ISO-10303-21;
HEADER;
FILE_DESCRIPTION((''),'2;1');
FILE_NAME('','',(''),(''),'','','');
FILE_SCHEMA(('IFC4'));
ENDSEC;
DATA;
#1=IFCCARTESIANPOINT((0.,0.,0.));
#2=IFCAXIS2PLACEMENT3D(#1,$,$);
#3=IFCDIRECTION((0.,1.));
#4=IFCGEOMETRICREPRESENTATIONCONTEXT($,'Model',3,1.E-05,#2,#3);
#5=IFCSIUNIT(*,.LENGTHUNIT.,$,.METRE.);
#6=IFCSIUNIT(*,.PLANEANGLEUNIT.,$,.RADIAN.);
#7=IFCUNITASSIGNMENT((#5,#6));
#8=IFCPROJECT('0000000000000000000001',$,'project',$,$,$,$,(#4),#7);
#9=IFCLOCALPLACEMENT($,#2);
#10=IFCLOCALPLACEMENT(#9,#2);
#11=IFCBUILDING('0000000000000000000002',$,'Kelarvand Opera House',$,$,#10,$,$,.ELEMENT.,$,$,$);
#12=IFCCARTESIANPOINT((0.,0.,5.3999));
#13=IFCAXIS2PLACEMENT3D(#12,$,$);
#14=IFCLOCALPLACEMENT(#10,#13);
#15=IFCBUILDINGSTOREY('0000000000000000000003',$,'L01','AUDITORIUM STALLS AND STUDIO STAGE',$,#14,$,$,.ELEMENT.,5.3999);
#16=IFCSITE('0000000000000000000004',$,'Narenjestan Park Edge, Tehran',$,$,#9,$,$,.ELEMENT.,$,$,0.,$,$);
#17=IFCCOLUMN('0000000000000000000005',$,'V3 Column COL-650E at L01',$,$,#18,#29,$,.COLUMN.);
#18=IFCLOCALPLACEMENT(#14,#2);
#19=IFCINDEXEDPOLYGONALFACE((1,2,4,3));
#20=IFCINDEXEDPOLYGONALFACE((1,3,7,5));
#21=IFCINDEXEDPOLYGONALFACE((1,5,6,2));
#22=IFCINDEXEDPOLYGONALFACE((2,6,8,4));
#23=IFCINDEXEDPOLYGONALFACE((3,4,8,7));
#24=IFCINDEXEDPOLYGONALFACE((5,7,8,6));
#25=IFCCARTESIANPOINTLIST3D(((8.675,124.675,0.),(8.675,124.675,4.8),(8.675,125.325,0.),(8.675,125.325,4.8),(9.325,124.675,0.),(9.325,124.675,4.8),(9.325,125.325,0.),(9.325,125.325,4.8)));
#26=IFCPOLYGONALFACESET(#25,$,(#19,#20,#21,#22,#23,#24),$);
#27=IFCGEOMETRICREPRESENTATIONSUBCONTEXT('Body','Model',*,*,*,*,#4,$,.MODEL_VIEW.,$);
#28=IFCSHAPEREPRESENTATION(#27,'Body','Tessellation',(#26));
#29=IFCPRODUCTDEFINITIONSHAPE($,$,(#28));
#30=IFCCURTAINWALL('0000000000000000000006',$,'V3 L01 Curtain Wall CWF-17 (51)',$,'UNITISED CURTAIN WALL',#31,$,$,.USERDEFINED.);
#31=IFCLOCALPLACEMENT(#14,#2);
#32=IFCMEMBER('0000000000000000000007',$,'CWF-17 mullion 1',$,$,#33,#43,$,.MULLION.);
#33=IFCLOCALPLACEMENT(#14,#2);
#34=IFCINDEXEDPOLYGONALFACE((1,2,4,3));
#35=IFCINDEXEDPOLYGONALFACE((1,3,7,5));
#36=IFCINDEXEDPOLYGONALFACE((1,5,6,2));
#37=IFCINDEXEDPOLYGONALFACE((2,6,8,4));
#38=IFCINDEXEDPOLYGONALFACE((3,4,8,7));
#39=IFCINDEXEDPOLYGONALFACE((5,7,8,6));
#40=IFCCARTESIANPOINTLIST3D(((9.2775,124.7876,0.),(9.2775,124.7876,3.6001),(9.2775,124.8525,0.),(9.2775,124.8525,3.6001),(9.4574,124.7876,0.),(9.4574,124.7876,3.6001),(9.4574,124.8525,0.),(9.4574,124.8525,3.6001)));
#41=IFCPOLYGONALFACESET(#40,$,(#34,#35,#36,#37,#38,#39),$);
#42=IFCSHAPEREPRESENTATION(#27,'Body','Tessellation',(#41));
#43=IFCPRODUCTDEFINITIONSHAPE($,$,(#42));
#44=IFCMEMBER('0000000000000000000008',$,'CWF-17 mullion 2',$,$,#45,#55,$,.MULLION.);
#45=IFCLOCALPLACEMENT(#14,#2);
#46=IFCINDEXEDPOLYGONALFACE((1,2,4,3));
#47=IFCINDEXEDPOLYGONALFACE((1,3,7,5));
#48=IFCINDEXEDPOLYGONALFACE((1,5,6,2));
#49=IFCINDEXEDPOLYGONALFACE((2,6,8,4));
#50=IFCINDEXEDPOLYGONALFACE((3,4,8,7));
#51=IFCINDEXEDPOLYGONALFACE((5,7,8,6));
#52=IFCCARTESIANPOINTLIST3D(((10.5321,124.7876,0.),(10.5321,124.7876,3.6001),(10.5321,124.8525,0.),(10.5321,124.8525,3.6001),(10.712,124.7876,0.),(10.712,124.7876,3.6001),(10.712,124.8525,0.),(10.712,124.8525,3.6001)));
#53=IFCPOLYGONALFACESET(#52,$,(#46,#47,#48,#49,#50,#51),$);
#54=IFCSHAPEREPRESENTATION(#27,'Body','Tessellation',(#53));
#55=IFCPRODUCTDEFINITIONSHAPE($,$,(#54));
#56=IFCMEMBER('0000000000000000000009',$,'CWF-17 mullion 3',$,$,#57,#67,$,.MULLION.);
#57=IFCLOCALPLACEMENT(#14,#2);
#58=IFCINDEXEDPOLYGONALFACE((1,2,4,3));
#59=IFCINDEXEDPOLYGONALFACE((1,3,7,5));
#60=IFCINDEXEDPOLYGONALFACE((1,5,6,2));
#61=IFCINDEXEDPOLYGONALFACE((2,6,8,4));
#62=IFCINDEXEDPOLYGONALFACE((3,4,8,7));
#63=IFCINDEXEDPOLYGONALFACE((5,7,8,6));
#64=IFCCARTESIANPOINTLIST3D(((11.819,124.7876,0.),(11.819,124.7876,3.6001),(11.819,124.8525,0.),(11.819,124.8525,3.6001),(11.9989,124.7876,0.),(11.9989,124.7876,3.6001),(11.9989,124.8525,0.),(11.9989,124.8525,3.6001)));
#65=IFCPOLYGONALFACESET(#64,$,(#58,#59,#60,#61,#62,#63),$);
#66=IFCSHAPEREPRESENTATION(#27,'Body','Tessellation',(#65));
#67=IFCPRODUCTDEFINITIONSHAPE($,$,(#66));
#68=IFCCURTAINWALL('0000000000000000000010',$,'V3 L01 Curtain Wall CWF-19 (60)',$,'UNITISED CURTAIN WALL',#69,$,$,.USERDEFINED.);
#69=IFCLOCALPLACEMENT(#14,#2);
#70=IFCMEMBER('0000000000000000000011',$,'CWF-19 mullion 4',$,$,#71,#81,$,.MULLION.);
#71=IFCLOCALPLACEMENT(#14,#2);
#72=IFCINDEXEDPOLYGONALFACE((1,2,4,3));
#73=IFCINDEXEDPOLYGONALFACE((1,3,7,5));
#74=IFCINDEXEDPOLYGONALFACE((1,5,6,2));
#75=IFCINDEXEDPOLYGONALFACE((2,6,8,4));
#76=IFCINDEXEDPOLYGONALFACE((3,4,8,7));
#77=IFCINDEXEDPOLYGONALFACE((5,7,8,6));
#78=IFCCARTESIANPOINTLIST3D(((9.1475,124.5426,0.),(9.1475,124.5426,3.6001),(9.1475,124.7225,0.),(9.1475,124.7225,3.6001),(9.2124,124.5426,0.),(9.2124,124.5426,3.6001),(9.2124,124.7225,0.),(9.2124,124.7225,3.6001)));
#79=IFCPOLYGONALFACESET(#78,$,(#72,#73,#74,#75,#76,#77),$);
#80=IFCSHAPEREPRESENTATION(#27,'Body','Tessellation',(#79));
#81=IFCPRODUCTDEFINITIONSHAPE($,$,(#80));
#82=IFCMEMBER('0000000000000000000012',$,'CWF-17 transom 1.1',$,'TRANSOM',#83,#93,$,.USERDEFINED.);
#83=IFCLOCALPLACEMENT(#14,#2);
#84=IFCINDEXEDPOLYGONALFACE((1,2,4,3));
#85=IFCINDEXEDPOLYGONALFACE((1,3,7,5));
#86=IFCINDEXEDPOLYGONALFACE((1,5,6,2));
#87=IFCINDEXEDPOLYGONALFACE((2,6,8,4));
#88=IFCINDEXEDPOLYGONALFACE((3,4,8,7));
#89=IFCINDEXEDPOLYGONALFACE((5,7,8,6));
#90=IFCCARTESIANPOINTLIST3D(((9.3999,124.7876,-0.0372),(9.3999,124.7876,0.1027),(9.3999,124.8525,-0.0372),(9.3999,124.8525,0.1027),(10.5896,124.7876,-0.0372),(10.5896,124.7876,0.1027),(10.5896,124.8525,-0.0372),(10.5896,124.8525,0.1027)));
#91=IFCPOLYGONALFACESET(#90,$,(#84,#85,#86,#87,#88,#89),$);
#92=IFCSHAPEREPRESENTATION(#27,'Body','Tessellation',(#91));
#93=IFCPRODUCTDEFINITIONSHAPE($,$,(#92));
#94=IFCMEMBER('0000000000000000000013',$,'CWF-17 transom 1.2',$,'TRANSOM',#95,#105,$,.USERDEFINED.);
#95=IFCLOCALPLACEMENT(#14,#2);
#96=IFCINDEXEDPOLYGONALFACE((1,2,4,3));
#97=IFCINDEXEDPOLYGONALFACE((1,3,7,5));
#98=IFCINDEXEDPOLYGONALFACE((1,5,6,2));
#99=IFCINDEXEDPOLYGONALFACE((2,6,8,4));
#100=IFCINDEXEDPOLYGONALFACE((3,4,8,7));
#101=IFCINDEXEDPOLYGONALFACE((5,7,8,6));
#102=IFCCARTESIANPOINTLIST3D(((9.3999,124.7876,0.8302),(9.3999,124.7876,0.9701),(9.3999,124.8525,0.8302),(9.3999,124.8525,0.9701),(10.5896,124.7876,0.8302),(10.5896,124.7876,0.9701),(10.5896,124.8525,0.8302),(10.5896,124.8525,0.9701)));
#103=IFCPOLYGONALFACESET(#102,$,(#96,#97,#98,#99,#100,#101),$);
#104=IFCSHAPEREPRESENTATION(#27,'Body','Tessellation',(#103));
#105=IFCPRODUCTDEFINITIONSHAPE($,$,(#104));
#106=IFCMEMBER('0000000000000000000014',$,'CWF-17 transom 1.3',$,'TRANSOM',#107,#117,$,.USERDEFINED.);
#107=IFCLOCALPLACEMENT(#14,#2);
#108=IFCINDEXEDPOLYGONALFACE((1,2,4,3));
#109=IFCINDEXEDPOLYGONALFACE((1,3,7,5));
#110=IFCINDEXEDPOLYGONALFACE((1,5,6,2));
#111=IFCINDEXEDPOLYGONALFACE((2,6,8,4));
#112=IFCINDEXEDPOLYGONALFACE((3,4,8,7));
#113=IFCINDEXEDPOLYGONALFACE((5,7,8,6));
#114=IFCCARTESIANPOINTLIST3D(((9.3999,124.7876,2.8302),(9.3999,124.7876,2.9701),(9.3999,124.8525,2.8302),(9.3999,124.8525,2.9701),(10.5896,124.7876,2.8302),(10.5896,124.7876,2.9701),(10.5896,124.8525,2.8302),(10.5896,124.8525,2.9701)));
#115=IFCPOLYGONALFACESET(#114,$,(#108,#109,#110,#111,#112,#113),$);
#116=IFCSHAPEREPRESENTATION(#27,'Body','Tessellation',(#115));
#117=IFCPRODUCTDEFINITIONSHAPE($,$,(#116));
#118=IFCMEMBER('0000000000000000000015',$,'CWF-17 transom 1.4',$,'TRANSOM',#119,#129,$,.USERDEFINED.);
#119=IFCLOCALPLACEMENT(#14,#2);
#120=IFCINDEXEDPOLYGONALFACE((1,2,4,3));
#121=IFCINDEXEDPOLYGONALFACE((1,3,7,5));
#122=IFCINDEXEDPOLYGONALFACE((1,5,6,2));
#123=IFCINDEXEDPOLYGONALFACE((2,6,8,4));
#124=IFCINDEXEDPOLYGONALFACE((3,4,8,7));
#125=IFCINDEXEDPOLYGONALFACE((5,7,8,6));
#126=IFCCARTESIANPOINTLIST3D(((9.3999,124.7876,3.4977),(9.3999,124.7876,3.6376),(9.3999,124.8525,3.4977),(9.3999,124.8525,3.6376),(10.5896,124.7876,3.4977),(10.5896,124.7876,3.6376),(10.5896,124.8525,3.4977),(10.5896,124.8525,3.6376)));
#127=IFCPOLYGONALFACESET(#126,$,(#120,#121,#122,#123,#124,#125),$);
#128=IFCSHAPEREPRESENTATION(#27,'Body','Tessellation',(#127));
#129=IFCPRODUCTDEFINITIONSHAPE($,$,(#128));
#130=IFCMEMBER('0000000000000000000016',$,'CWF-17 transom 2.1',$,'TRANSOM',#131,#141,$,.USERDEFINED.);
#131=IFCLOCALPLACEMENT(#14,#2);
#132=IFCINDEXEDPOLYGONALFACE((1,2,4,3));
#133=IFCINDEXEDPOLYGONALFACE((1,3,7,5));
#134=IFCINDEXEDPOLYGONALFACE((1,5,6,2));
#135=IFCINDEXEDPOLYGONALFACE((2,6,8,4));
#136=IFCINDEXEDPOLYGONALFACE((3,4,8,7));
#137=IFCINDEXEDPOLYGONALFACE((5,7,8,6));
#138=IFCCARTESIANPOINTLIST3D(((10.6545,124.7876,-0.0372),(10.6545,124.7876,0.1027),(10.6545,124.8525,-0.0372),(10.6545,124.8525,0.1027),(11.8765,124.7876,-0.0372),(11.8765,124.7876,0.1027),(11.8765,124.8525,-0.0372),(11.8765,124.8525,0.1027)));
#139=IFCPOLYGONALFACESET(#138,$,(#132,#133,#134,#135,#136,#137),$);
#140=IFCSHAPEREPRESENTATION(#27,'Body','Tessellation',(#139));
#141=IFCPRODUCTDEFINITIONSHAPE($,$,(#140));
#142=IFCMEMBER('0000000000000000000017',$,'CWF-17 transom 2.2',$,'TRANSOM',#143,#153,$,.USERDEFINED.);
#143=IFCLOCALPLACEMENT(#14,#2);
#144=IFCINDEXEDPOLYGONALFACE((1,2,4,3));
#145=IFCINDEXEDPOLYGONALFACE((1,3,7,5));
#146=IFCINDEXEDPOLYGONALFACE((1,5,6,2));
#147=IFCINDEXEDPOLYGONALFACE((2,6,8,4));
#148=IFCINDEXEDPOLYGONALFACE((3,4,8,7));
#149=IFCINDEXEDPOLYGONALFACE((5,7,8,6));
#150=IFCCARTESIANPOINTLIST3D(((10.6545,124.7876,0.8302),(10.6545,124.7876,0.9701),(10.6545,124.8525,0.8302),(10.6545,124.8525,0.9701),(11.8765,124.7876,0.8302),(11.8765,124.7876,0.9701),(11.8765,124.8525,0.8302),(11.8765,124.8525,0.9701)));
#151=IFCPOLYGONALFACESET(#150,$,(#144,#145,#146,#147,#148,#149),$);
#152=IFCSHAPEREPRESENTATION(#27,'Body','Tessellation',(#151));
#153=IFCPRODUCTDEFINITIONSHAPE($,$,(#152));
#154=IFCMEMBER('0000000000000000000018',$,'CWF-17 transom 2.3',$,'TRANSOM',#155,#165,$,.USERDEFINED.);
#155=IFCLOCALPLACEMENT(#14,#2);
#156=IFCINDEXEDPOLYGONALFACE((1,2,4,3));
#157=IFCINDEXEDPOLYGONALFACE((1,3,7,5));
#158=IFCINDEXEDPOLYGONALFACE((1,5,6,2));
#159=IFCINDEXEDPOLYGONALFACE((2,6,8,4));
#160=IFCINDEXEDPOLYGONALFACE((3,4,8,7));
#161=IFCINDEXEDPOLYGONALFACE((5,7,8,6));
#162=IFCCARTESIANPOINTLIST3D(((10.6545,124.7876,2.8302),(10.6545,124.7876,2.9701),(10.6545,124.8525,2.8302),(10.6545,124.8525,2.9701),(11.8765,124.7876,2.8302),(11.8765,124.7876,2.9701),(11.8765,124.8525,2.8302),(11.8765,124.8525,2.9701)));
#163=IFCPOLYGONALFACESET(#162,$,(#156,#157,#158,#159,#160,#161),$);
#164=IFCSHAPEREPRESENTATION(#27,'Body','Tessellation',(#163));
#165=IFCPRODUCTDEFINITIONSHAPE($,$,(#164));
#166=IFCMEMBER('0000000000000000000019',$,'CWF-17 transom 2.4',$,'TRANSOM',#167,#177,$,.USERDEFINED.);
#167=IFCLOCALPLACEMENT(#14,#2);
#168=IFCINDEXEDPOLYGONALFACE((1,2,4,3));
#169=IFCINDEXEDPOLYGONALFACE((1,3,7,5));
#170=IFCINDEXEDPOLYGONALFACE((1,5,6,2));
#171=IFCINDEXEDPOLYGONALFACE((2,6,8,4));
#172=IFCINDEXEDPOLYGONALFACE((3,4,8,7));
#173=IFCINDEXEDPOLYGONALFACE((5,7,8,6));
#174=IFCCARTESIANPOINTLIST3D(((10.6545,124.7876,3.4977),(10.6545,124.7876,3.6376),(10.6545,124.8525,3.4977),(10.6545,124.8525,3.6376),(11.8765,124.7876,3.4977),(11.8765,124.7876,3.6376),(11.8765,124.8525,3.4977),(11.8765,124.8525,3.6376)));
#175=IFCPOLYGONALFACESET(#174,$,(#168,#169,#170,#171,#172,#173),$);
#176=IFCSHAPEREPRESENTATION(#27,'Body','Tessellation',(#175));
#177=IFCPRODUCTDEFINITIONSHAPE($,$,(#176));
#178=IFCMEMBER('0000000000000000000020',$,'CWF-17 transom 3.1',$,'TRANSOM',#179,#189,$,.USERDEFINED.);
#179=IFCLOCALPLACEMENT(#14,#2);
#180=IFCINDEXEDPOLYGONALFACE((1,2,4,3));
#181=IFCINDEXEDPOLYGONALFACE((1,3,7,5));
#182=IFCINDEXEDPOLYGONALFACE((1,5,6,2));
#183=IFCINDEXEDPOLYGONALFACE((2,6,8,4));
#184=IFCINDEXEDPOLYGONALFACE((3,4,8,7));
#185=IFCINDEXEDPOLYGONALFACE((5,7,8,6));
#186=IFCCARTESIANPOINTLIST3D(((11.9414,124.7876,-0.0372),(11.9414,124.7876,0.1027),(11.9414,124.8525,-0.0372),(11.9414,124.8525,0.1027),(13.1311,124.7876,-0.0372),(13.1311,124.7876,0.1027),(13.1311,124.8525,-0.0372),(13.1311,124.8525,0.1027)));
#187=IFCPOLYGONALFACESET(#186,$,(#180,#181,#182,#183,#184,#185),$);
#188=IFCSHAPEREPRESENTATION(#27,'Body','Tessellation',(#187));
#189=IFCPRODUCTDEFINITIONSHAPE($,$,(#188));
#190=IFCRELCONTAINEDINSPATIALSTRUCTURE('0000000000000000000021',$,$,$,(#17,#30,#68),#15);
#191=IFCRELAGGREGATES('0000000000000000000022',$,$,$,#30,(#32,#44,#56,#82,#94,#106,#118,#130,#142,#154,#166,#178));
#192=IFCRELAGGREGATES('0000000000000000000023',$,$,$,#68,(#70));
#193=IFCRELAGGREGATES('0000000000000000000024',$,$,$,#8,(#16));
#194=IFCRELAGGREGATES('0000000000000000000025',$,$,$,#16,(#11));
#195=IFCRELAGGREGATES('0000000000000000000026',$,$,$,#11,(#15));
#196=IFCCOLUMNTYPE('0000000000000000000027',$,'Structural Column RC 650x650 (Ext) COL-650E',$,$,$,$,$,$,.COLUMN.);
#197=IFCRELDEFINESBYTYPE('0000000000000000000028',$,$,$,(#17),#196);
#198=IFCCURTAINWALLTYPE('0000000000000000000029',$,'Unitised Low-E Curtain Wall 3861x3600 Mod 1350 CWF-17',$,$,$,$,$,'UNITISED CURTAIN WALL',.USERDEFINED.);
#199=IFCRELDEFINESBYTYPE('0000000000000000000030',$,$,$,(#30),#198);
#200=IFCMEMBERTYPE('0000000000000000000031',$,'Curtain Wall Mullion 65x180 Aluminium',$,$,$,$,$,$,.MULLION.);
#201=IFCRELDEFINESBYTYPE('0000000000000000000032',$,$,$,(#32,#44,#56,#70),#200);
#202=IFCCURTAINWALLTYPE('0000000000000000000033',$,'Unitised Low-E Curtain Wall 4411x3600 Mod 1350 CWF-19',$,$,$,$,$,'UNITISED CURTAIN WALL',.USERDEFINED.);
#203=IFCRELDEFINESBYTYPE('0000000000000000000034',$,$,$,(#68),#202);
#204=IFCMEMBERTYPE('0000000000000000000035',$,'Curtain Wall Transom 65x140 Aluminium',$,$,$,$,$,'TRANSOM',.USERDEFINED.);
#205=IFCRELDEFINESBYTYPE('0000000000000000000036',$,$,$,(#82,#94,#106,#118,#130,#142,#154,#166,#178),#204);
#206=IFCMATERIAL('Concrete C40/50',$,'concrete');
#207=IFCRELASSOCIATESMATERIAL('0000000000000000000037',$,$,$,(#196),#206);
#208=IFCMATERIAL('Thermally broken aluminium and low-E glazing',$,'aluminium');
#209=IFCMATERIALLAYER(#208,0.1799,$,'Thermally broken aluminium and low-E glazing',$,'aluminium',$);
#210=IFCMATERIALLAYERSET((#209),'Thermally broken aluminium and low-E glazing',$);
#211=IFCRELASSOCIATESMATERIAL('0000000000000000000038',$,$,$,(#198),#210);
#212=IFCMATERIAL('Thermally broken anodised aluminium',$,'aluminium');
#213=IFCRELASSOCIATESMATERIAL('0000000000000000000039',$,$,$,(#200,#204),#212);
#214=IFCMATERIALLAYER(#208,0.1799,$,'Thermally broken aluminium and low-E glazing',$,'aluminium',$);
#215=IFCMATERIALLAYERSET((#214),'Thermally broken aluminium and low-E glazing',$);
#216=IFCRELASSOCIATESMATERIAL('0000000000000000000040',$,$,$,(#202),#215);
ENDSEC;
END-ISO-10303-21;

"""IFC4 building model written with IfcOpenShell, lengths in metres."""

from ifc_helpers import new_model, si_unit, direction, frame, origin, origin_2d, place, context, subcontext, project, spatial, rectangle, extrude, material, layer, layer_set, material_profile, profile_set, type_object, element, aggregate, save


model = new_model("IFC4")

# Units and contexts
model_context = context("Model", 3, precision=1e-05, world=origin(), true_north=direction((0.0, 1.0)))
body_context = subcontext(model_context, "Body", "Model", "MODEL_VIEW")
ifc_project = project(units=[si_unit("LENGTHUNIT", "METRE"), si_unit("PLANEANGLEUNIT", "RADIAN")], contexts=[model_context])

# Site, building, storey
site_placement = place(None, origin())
site = spatial("IfcSite", under=ifc_project, at=site_placement, Name="Narenjestan Park Edge, Tehran", CompositionType="ELEMENT", RefElevation=0.0)
building_placement = place(site_placement, origin())
building = spatial("IfcBuilding", under=site, at=building_placement, Name="Kelarvand Opera House", CompositionType="ELEMENT")
storey_placement = place(building_placement, frame((0.0, 0.0, 5.3999)))
storey = spatial("IfcBuildingStorey", under=building, at=storey_placement, Name="L01", Description="AUDITORIUM STALLS AND STUDIO STAGE", CompositionType="ELEMENT", Elevation=5.3999)

# Column
ifc_material_1 = material(Name="Concrete C40/50", Category="concrete")
ifc_material_profile_1 = material_profile(ifc_material_1, rectangle(XDim=0.6499, YDim=0.6499, at=origin_2d()), Name="RC 650x650", Category="concrete")
ifc_profile_set_1 = profile_set([ifc_material_profile_1], Name="Concrete C40/50")
column_type = type_object("IfcColumnType", Name="Structural Column RC 650x650 (Ext) COL-650E", PredefinedType="COLUMN", material=ifc_profile_set_1)
column_placement = place(storey_placement, frame((9.0, 125.0, 0.0), z_axis=(0.0, 0.0, 1.0), x_axis=(1.0, 0.0, 0.0)))
element("IfcColumn", 1, at=column_placement, inside=storey, type_object=column_type, Name="V3 Column COL-650E at L01", PredefinedType="COLUMN", context=body_context, shape_type="SweptSolid", body=[
    extrude(rectangle(XDim=0.6499, YDim=0.6499, at=origin_2d()), origin(), (0.0, 0.0, 1.0), 4.8),
])

# Curtain wall, members
ifc_material_2 = material(Name="Thermally broken aluminium and low-E glazing", Category="aluminium")
ifc_layer_1 = layer(ifc_material_2, 0.1799, Name="Thermally broken aluminium and low-E glazing", Category="aluminium")
ifc_layer_set_1 = layer_set([ifc_layer_1], Name="Thermally broken aluminium and low-E glazing")
curtain_wall_type_1 = type_object("IfcCurtainWallType", Name="Unitised Low-E Curtain Wall 3861x3600 Mod 1350 CWF-17", ElementType="UNITISED CURTAIN WALL", PredefinedType="USERDEFINED", material=ifc_layer_set_1)
curtain_wall_1_placement = place(storey_placement, origin())
curtain_wall_1 = element("IfcCurtainWall", 2, at=curtain_wall_1_placement, inside=storey, type_object=curtain_wall_type_1, Name="V3 L01 Curtain Wall CWF-17 (51)", ObjectType="UNITISED CURTAIN WALL", PredefinedType="USERDEFINED")
ifc_material_3 = material(Name="Thermally broken anodised aluminium", Category="aluminium")
ifc_material_profile_2 = material_profile(ifc_material_3, rectangle(XDim=0.0649, YDim=0.1799, at=origin_2d()), Name="ALU MULLION 65x180", Category="aluminium")
ifc_profile_set_2 = profile_set([ifc_material_profile_2], Name="Thermally broken anodised aluminium")
member_type_1 = type_object("IfcMemberType", Name="Curtain Wall Mullion 65x180 Aluminium", PredefinedType="MULLION", material=ifc_profile_set_2)
member_1_placement = place(storey_placement, frame((9.3674, 124.8201, 0.0), z_axis=(0.0, 0.0, 1.0), x_axis=(0.0, 1.0, 0.0)))
member_1 = element("IfcMember", 3, at=member_1_placement, type_object=member_type_1, Name="CWF-17 mullion 1", PredefinedType="MULLION", context=body_context, shape_type="SweptSolid", body=[
    extrude(rectangle(XDim=0.0649, YDim=0.1799, at=origin_2d()), origin(), (0.0, 0.0, 1.0), 3.6001),
])
member_2_placement = place(storey_placement, frame((10.6221, 124.8201, 0.0), z_axis=(0.0, 0.0, 1.0), x_axis=(0.0, 1.0, 0.0)))
member_2 = element("IfcMember", 4, at=member_2_placement, type_object=member_type_1, Name="CWF-17 mullion 2", PredefinedType="MULLION", context=body_context, shape_type="SweptSolid", body=[
    extrude(rectangle(XDim=0.0649, YDim=0.1799, at=origin_2d()), origin(), (0.0, 0.0, 1.0), 3.6001),
])
member_3_placement = place(storey_placement, frame((11.9089, 124.8201, 0.0), z_axis=(0.0, 0.0, 1.0), x_axis=(0.0, 1.0, 0.0)))
member_3 = element("IfcMember", 5, at=member_3_placement, type_object=member_type_1, Name="CWF-17 mullion 3", PredefinedType="MULLION", context=body_context, shape_type="SweptSolid", body=[
    extrude(rectangle(XDim=0.0649, YDim=0.1799, at=origin_2d()), origin(), (0.0, 0.0, 1.0), 3.6001),
])

# Curtain wall, member
ifc_layer_2 = layer(ifc_material_2, 0.1799, Name="Thermally broken aluminium and low-E glazing", Category="aluminium")
ifc_layer_set_2 = layer_set([ifc_layer_2], Name="Thermally broken aluminium and low-E glazing")
curtain_wall_type_2 = type_object("IfcCurtainWallType", Name="Unitised Low-E Curtain Wall 4411x3600 Mod 1350 CWF-19", ElementType="UNITISED CURTAIN WALL", PredefinedType="USERDEFINED", material=ifc_layer_set_2)
curtain_wall_2_placement = place(storey_placement, origin())
curtain_wall_2 = element("IfcCurtainWall", 6, at=curtain_wall_2_placement, inside=storey, type_object=curtain_wall_type_2, Name="V3 L01 Curtain Wall CWF-19 (60)", ObjectType="UNITISED CURTAIN WALL", PredefinedType="USERDEFINED")
member_4_placement = place(storey_placement, frame((9.1799, 124.6326, 0.0), z_axis=(0.0, 0.0, 1.0), x_axis=(-1.0, 0.0, 0.0)))
member_4 = element("IfcMember", 7, at=member_4_placement, type_object=member_type_1, Name="CWF-19 mullion 4", PredefinedType="MULLION", context=body_context, shape_type="SweptSolid", body=[
    extrude(rectangle(XDim=0.0649, YDim=0.1799, at=origin_2d()), origin(), (0.0, 0.0, 1.0), 3.6001),
])

# Members
ifc_material_profile_3 = material_profile(ifc_material_3, rectangle(XDim=0.0649, YDim=0.1399, at=origin_2d()), Name="ALU TRANSOM 65x140", Category="aluminium")
ifc_profile_set_3 = profile_set([ifc_material_profile_3], Name="Thermally broken anodised aluminium")
member_type_2 = type_object("IfcMemberType", Name="Curtain Wall Transom 65x140 Aluminium", ElementType="TRANSOM", PredefinedType="USERDEFINED", material=ifc_profile_set_3)
member_5_placement = place(storey_placement, frame((9.3999, 124.8201, 0.0327), z_axis=(1.0, 0.0, 0.0), x_axis=(0.0, 1.0, 0.0)))
member_5 = element("IfcMember", 8, at=member_5_placement, type_object=member_type_2, Name="CWF-17 transom 1.1", ObjectType="TRANSOM", PredefinedType="USERDEFINED", context=body_context, shape_type="SweptSolid", body=[
    extrude(rectangle(XDim=0.0649, YDim=0.1399, at=origin_2d()), origin(), (0.0, 0.0, 1.0), 1.1897),
])
member_6_placement = place(storey_placement, frame((9.3999, 124.8201, 0.9001), z_axis=(1.0, 0.0, 0.0), x_axis=(0.0, 1.0, 0.0)))
member_6 = element("IfcMember", 9, at=member_6_placement, type_object=member_type_2, Name="CWF-17 transom 1.2", ObjectType="TRANSOM", PredefinedType="USERDEFINED", context=body_context, shape_type="SweptSolid", body=[
    extrude(rectangle(XDim=0.0649, YDim=0.1399, at=origin_2d()), origin(), (0.0, 0.0, 1.0), 1.1897),
])
member_7_placement = place(storey_placement, frame((9.3999, 124.8201, 2.9001), z_axis=(1.0, 0.0, 0.0), x_axis=(0.0, 1.0, 0.0)))
member_7 = element("IfcMember", 10, at=member_7_placement, type_object=member_type_2, Name="CWF-17 transom 1.3", ObjectType="TRANSOM", PredefinedType="USERDEFINED", context=body_context, shape_type="SweptSolid", body=[
    extrude(rectangle(XDim=0.0649, YDim=0.1399, at=origin_2d()), origin(), (0.0, 0.0, 1.0), 1.1897),
])
member_8_placement = place(storey_placement, frame((9.3999, 124.8201, 3.5676), z_axis=(1.0, 0.0, 0.0), x_axis=(0.0, 1.0, 0.0)))
member_8 = element("IfcMember", 11, at=member_8_placement, type_object=member_type_2, Name="CWF-17 transom 1.4", ObjectType="TRANSOM", PredefinedType="USERDEFINED", context=body_context, shape_type="SweptSolid", body=[
    extrude(rectangle(XDim=0.0649, YDim=0.1399, at=origin_2d()), origin(), (0.0, 0.0, 1.0), 1.1897),
])
member_9_placement = place(storey_placement, frame((10.6545, 124.8201, 0.0327), z_axis=(1.0, 0.0, 0.0), x_axis=(0.0, 1.0, 0.0)))
member_9 = element("IfcMember", 12, at=member_9_placement, type_object=member_type_2, Name="CWF-17 transom 2.1", ObjectType="TRANSOM", PredefinedType="USERDEFINED", context=body_context, shape_type="SweptSolid", body=[
    extrude(rectangle(XDim=0.0649, YDim=0.1399, at=origin_2d()), origin(), (0.0, 0.0, 1.0), 1.2219),
])
member_10_placement = place(storey_placement, frame((10.6545, 124.8201, 0.9001), z_axis=(1.0, 0.0, 0.0), x_axis=(0.0, 1.0, 0.0)))
member_10 = element("IfcMember", 13, at=member_10_placement, type_object=member_type_2, Name="CWF-17 transom 2.2", ObjectType="TRANSOM", PredefinedType="USERDEFINED", context=body_context, shape_type="SweptSolid", body=[
    extrude(rectangle(XDim=0.0649, YDim=0.1399, at=origin_2d()), origin(), (0.0, 0.0, 1.0), 1.2219),
])
member_11_placement = place(storey_placement, frame((10.6545, 124.8201, 2.9001), z_axis=(1.0, 0.0, 0.0), x_axis=(0.0, 1.0, 0.0)))
member_11 = element("IfcMember", 14, at=member_11_placement, type_object=member_type_2, Name="CWF-17 transom 2.3", ObjectType="TRANSOM", PredefinedType="USERDEFINED", context=body_context, shape_type="SweptSolid", body=[
    extrude(rectangle(XDim=0.0649, YDim=0.1399, at=origin_2d()), origin(), (0.0, 0.0, 1.0), 1.2219),
])
member_12_placement = place(storey_placement, frame((10.6545, 124.8201, 3.5676), z_axis=(1.0, 0.0, 0.0), x_axis=(0.0, 1.0, 0.0)))
member_12 = element("IfcMember", 15, at=member_12_placement, type_object=member_type_2, Name="CWF-17 transom 2.4", ObjectType="TRANSOM", PredefinedType="USERDEFINED", context=body_context, shape_type="SweptSolid", body=[
    extrude(rectangle(XDim=0.0649, YDim=0.1399, at=origin_2d()), origin(), (0.0, 0.0, 1.0), 1.2219),
])
member_13_placement = place(storey_placement, frame((11.9414, 124.8201, 0.0327), z_axis=(1.0, 0.0, 0.0), x_axis=(0.0, 1.0, 0.0)))
member_13 = element("IfcMember", 16, at=member_13_placement, type_object=member_type_2, Name="CWF-17 transom 3.1", ObjectType="TRANSOM", PredefinedType="USERDEFINED", context=body_context, shape_type="SweptSolid", body=[
    extrude(rectangle(XDim=0.0649, YDim=0.1399, at=origin_2d()), origin(), (0.0, 0.0, 1.0), 1.1897),
])

aggregate(curtain_wall_1, [member_1, member_2, member_3, member_5, member_6, member_7, member_8, member_9, member_10, member_11, member_12, member_13])
aggregate(curtain_wall_2, [member_4])

save(model, "model.ifc")
